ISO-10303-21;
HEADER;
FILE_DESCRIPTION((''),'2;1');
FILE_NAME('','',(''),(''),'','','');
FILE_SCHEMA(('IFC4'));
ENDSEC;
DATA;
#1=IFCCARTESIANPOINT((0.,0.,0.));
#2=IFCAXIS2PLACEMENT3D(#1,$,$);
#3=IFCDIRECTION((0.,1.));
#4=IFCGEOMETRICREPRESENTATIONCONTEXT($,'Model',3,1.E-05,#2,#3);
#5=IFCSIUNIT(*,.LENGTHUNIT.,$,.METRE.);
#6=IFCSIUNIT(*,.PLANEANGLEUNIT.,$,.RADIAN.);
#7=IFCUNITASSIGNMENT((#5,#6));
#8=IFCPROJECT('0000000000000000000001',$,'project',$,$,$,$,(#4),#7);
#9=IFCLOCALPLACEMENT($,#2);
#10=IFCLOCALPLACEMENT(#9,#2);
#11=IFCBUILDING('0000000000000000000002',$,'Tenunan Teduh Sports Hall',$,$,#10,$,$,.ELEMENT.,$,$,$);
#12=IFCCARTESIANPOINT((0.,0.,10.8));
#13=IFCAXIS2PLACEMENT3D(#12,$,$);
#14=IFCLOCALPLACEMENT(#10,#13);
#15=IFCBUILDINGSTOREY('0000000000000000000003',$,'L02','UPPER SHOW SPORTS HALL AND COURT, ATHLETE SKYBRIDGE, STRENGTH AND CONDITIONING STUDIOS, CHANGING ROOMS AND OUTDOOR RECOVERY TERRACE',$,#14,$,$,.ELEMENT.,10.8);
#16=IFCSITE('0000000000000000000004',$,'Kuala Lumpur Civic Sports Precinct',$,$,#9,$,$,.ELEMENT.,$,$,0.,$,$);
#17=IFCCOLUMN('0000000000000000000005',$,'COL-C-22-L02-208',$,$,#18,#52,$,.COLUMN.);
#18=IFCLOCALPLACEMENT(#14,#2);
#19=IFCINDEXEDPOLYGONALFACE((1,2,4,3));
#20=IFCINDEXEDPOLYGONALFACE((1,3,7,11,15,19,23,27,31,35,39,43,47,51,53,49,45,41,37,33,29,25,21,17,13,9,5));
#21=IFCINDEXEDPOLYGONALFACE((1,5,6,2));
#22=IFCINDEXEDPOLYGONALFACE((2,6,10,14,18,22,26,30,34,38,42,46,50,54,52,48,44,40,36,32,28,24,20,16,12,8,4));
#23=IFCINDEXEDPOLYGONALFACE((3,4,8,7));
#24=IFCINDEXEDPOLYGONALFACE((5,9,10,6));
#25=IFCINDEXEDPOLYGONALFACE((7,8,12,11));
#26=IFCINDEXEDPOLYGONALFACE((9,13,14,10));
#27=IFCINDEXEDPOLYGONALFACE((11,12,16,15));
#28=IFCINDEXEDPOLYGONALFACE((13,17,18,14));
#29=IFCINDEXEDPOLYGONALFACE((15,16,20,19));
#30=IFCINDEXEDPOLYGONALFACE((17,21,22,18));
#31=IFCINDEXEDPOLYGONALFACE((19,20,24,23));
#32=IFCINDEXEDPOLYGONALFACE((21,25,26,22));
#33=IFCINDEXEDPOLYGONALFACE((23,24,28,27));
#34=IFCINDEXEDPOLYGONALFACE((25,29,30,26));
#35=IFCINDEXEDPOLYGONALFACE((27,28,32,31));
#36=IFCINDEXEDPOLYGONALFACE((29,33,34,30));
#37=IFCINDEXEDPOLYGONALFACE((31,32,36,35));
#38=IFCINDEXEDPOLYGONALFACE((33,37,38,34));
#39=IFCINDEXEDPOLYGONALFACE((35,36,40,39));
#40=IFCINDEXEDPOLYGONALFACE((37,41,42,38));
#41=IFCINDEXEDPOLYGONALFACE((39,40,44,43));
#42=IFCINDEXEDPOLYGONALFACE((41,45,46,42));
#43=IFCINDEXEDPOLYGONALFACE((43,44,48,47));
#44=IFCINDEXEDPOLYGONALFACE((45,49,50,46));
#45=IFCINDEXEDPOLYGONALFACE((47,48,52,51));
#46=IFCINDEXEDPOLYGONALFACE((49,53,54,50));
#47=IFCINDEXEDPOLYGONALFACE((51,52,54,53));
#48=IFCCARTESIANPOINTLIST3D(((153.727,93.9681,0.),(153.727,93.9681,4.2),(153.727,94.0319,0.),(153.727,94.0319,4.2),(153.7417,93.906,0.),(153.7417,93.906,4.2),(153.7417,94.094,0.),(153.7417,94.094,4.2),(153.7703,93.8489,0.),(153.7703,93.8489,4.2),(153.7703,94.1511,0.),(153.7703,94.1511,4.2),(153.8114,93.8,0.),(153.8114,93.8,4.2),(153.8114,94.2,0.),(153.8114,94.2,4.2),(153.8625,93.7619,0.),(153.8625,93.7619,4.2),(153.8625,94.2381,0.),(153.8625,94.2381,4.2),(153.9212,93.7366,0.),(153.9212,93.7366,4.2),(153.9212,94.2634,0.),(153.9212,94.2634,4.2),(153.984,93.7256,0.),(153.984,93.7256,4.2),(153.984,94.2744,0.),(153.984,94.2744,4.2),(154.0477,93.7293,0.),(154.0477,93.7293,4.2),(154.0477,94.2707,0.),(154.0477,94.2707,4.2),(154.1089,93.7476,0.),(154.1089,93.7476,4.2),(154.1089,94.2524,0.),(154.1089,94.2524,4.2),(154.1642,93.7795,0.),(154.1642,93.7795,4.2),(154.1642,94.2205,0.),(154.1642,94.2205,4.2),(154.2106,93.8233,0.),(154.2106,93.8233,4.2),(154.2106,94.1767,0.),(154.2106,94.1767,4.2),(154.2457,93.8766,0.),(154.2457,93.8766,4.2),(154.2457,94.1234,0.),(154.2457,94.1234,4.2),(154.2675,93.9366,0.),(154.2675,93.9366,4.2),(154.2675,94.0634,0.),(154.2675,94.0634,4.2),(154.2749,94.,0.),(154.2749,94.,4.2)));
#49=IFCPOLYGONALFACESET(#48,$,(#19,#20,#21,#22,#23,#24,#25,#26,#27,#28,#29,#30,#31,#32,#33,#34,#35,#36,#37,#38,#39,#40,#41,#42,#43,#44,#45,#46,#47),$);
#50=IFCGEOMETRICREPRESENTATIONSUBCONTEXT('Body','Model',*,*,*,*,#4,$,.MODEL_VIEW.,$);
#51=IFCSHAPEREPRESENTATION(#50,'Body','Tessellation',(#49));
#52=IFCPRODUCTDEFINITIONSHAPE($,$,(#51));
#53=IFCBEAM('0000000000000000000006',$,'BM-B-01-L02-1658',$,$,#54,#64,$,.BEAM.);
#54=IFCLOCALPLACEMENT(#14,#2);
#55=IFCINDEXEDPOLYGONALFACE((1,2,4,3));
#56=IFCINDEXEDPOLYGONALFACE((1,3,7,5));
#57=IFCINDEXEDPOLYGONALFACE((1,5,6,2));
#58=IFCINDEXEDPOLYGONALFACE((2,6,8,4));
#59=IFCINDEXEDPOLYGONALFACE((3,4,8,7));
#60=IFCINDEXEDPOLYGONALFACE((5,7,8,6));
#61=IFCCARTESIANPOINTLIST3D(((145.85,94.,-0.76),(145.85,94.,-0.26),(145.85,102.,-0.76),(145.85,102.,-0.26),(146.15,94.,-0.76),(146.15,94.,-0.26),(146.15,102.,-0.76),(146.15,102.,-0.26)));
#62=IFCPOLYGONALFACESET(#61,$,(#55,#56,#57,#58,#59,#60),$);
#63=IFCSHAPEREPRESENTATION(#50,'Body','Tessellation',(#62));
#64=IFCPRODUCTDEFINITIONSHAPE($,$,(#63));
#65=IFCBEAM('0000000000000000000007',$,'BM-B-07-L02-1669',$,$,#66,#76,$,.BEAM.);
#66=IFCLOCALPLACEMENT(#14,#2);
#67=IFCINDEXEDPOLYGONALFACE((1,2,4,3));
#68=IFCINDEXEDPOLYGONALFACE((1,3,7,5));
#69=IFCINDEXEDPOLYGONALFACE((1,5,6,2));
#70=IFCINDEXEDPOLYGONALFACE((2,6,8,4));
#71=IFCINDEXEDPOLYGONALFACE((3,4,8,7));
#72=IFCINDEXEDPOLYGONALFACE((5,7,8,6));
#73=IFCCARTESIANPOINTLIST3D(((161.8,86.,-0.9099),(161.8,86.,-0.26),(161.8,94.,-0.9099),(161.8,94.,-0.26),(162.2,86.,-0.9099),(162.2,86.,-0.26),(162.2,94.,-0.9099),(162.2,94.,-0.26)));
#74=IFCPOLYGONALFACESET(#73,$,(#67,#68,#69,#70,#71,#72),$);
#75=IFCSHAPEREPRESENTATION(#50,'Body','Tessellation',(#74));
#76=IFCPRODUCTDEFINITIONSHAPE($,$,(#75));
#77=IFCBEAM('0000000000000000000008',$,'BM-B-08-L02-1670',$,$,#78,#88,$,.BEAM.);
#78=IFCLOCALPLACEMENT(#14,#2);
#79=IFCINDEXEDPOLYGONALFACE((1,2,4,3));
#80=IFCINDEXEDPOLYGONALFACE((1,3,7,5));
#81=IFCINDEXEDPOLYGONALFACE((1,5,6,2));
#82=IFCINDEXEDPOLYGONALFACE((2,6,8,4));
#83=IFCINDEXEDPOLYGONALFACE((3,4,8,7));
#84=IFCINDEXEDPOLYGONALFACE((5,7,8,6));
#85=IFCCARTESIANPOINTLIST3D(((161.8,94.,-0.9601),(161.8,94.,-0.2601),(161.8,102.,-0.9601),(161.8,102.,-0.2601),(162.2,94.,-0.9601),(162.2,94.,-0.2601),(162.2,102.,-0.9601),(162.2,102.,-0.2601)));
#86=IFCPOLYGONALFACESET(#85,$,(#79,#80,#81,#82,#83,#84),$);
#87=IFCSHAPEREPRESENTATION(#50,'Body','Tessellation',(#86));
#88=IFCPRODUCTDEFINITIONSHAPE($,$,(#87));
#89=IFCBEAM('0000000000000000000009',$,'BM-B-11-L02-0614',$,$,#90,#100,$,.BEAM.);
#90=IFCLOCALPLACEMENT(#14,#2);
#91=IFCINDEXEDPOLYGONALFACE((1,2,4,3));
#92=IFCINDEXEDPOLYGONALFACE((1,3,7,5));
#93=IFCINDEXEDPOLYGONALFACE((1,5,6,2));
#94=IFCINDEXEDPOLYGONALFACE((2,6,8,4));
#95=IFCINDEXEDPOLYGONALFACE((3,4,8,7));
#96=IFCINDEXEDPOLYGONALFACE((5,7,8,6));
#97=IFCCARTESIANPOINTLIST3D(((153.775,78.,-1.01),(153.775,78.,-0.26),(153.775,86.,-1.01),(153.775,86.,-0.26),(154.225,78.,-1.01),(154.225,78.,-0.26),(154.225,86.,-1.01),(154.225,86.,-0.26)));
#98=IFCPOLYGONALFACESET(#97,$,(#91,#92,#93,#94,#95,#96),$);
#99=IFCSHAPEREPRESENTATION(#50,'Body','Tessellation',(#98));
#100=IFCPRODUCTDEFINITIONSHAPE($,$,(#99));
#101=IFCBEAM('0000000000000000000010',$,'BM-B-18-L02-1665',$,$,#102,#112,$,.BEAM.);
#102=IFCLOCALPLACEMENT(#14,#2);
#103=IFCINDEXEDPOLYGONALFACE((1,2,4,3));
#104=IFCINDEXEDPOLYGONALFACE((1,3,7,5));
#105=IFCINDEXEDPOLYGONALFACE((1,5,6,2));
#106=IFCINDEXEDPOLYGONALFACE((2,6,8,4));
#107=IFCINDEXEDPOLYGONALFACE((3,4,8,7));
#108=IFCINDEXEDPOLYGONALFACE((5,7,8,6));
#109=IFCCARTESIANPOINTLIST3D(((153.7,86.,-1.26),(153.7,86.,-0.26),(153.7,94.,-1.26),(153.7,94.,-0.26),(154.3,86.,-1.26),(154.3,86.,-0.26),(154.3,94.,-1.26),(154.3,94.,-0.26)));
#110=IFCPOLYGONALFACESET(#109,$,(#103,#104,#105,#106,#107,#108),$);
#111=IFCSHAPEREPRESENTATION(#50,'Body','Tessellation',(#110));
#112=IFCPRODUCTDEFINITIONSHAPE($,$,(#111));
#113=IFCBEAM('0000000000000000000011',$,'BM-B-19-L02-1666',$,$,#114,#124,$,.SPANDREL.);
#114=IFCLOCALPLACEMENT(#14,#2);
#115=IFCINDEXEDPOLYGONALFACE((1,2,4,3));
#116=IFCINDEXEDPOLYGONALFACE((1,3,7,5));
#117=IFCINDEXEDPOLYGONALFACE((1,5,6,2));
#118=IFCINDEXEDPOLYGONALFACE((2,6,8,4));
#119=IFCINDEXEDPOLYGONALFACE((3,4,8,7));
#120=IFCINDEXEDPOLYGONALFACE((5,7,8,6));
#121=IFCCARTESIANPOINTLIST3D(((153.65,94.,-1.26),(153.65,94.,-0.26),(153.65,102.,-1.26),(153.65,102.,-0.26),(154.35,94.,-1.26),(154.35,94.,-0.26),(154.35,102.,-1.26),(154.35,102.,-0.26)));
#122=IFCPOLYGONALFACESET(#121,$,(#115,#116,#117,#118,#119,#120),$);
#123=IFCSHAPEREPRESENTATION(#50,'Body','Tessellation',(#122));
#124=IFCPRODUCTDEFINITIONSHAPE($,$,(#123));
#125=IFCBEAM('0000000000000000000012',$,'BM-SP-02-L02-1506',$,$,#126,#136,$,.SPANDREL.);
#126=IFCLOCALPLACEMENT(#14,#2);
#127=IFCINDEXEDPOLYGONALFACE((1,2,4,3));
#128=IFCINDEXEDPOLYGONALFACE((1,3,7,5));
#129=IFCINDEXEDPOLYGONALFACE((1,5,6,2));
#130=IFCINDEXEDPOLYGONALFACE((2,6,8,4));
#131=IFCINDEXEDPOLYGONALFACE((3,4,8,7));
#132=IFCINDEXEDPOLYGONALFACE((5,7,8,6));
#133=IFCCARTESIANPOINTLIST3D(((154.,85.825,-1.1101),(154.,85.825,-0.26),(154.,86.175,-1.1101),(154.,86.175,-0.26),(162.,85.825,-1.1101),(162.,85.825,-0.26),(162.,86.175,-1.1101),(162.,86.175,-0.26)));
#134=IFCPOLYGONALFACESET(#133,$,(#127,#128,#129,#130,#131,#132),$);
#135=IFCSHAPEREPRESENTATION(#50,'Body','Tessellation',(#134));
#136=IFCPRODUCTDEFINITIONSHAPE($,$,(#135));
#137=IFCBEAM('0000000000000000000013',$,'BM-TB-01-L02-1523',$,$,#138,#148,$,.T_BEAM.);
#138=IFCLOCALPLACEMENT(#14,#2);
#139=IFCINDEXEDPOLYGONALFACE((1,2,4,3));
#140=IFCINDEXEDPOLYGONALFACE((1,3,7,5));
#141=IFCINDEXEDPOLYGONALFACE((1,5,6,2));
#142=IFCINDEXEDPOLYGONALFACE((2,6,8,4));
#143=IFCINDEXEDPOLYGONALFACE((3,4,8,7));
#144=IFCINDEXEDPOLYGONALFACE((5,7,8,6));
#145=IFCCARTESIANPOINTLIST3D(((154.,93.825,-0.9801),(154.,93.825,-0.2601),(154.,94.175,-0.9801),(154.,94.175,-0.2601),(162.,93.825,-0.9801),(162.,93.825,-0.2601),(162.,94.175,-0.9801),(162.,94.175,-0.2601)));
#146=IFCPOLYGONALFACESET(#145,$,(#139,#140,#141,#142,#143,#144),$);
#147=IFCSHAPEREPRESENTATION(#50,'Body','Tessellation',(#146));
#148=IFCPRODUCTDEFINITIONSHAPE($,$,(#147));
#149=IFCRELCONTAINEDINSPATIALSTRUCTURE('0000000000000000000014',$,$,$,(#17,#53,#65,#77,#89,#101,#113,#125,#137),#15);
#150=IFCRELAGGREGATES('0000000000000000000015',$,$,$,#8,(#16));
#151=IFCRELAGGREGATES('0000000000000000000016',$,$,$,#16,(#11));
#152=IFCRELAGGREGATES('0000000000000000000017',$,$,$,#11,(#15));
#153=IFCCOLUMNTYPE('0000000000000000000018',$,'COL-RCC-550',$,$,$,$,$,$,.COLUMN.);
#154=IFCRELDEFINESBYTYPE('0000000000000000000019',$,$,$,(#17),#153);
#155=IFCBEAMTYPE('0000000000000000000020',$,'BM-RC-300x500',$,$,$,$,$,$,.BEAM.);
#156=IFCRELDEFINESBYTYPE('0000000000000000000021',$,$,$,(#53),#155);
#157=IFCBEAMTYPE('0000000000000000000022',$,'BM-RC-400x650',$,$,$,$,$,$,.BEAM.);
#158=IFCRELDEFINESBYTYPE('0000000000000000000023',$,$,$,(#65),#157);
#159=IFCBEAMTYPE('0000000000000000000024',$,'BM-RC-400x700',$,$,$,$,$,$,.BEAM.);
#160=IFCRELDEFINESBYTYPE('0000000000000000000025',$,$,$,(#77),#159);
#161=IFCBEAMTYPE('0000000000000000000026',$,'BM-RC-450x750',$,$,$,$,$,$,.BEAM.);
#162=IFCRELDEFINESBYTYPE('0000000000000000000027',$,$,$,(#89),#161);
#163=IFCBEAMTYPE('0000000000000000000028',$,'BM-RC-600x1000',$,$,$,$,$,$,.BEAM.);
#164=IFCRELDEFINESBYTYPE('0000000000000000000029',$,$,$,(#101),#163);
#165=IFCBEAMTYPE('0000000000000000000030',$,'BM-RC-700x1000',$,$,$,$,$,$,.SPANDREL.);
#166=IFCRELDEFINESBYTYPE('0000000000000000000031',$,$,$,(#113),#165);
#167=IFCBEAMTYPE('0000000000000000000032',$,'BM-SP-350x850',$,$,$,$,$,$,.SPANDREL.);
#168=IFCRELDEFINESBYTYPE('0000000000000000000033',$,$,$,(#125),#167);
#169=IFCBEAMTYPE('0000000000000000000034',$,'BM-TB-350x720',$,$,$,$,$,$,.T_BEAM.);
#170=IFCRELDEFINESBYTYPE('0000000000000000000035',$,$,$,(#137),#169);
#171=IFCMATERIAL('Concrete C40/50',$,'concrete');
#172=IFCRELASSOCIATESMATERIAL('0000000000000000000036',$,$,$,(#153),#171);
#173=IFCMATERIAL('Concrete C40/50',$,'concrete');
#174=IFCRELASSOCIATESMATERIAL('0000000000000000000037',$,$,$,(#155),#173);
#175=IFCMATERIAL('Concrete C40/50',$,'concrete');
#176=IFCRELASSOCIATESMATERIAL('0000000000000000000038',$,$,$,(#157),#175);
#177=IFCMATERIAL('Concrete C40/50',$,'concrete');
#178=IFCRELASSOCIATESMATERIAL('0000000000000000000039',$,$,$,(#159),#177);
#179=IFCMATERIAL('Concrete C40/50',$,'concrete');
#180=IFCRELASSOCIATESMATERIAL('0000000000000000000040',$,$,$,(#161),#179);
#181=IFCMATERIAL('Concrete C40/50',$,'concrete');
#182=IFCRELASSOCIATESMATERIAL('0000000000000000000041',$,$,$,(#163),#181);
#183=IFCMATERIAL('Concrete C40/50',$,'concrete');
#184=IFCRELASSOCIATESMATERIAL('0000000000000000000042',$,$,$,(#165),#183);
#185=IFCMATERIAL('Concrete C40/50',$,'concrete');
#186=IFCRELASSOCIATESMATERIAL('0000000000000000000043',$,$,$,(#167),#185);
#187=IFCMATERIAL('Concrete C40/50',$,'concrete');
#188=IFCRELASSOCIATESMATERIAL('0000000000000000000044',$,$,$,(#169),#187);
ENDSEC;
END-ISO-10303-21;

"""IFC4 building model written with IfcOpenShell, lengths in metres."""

from ifc_helpers import new_model, si_unit, direction, frame, origin, origin_2d, place, context, subcontext, project, spatial, rectangle, circle, extrude, material, material_profile, profile_set, type_object, element, save


model = new_model("IFC4")

# Units and contexts
model_context = context("Model", 3, precision=1e-05, world=origin(), true_north=direction((0.0, 1.0)))
body_context = subcontext(model_context, "Body", "Model", "MODEL_VIEW")
ifc_project = project(units=[si_unit("LENGTHUNIT", "METRE"), si_unit("PLANEANGLEUNIT", "RADIAN")], contexts=[model_context])

# Site, building, storey
site_placement = place(None, origin())
site = spatial("IfcSite", under=ifc_project, at=site_placement, Name="Kuala Lumpur Civic Sports Precinct", CompositionType="ELEMENT", RefElevation=0.0)
building_placement = place(site_placement, origin())
building = spatial("IfcBuilding", under=site, at=building_placement, Name="Tenunan Teduh Sports Hall", CompositionType="ELEMENT")
storey_placement = place(building_placement, frame((0.0, 0.0, 10.8)))
storey = spatial("IfcBuildingStorey", under=building, at=storey_placement, Name="L02", Description="UPPER SHOW SPORTS HALL AND COURT, ATHLETE SKYBRIDGE, STRENGTH AND CONDITIONING STUDIOS, CHANGING ROOMS AND OUTDOOR RECOVERY TERRACE", CompositionType="ELEMENT", Elevation=10.8)

# Column
ifc_material_1 = material(Name="Concrete C40/50", Category="concrete")
ifc_material_profile_1 = material_profile(ifc_material_1, circle(Radius=0.2749, at=origin_2d()), Name="RCC D550")
ifc_profile_set_1 = profile_set([ifc_material_profile_1], Name="Concrete C40/50")
column_type = type_object("IfcColumnType", Name="COL-RCC-550", PredefinedType="COLUMN", material=ifc_profile_set_1)
column_placement = place(storey_placement, frame((154.0, 94.0, 0.0), z_axis=(0.0, 0.0, 1.0), x_axis=(1.0, 0.0, 0.0)))
element("IfcColumn", 1, at=column_placement, inside=storey, type_object=column_type, Name="COL-C-22-L02-208", PredefinedType="COLUMN", context=body_context, shape_type="SweptSolid", body=[
    extrude(circle(Radius=0.2749, at=origin_2d()), origin(), (0.0, 0.0, 1.0), 4.2),
])

# Beams
ifc_material_2 = material(Name="Concrete C40/50", Category="concrete")
ifc_material_profile_2 = material_profile(ifc_material_2, rectangle(XDim=0.3, YDim=0.5, at=origin_2d()), Name="RCB 300x500")
ifc_profile_set_2 = profile_set([ifc_material_profile_2], Name="Concrete C40/50")
beam_type_1 = type_object("IfcBeamType", Name="BM-RC-300x500", PredefinedType="BEAM", material=ifc_profile_set_2)
beam_1_placement = place(storey_placement, frame((146.0, 94.0, -0.51), z_axis=(0.0, 1.0, 0.0), x_axis=(-1.0, 0.0, 0.0)))
element("IfcBeam", 2, at=beam_1_placement, inside=storey, type_object=beam_type_1, Name="BM-B-01-L02-1658", PredefinedType="BEAM", context=body_context, shape_type="SweptSolid", body=[
    extrude(rectangle(XDim=0.3, YDim=0.5, at=origin_2d()), origin(), (0.0, 0.0, 1.0), 8.0),
])
ifc_material_3 = material(Name="Concrete C40/50", Category="concrete")
ifc_material_profile_3 = material_profile(ifc_material_3, rectangle(XDim=0.3999, YDim=0.6499, at=origin_2d()), Name="RCB 400x650")
ifc_profile_set_3 = profile_set([ifc_material_profile_3], Name="Concrete C40/50")
beam_type_2 = type_object("IfcBeamType", Name="BM-RC-400x650", PredefinedType="BEAM", material=ifc_profile_set_3)
beam_2_placement = place(storey_placement, frame((162.0, 86.0, -0.585), z_axis=(0.0, 1.0, 0.0), x_axis=(-1.0, 0.0, 0.0)))
element("IfcBeam", 3, at=beam_2_placement, inside=storey, type_object=beam_type_2, Name="BM-B-07-L02-1669", PredefinedType="BEAM", context=body_context, shape_type="SweptSolid", body=[
    extrude(rectangle(XDim=0.3999, YDim=0.6499, at=origin_2d()), origin(), (0.0, 0.0, 1.0), 8.0),
])
ifc_material_4 = material(Name="Concrete C40/50", Category="concrete")
ifc_material_profile_4 = material_profile(ifc_material_4, rectangle(XDim=0.3999, YDim=0.7, at=origin_2d()), Name="RCB 400x700")
ifc_profile_set_4 = profile_set([ifc_material_profile_4], Name="Concrete C40/50")
beam_type_3 = type_object("IfcBeamType", Name="BM-RC-400x700", PredefinedType="BEAM", material=ifc_profile_set_4)
beam_3_placement = place(storey_placement, frame((162.0, 94.0, -0.6101), z_axis=(0.0, 1.0, 0.0), x_axis=(-1.0, 0.0, 0.0)))
element("IfcBeam", 4, at=beam_3_placement, inside=storey, type_object=beam_type_3, Name="BM-B-08-L02-1670", PredefinedType="BEAM", context=body_context, shape_type="SweptSolid", body=[
    extrude(rectangle(XDim=0.3999, YDim=0.7, at=origin_2d()), origin(), (0.0, 0.0, 1.0), 8.0),
])
ifc_material_5 = material(Name="Concrete C40/50", Category="concrete")
ifc_material_profile_5 = material_profile(ifc_material_5, rectangle(XDim=0.45, YDim=0.75, at=origin_2d()), Name="RCB 450x750")
ifc_profile_set_5 = profile_set([ifc_material_profile_5], Name="Concrete C40/50")
beam_type_4 = type_object("IfcBeamType", Name="BM-RC-450x750", PredefinedType="BEAM", material=ifc_profile_set_5)
beam_4_placement = place(storey_placement, frame((154.0, 78.0, -0.635), z_axis=(0.0, 1.0, 0.0), x_axis=(-1.0, 0.0, 0.0)))
element("IfcBeam", 5, at=beam_4_placement, inside=storey, type_object=beam_type_4, Name="BM-B-11-L02-0614", PredefinedType="BEAM", context=body_context, shape_type="SweptSolid", body=[
    extrude(rectangle(XDim=0.45, YDim=0.75, at=origin_2d()), origin(), (0.0, 0.0, 1.0), 8.0),
])
ifc_material_6 = material(Name="Concrete C40/50", Category="concrete")
ifc_material_profile_6 = material_profile(ifc_material_6, rectangle(XDim=0.6001, YDim=1.0, at=origin_2d()), Name="RCB 600x1000")
ifc_profile_set_6 = profile_set([ifc_material_profile_6], Name="Concrete C40/50")
beam_type_5 = type_object("IfcBeamType", Name="BM-RC-600x1000", PredefinedType="BEAM", material=ifc_profile_set_6)
beam_5_placement = place(storey_placement, frame((154.0, 86.0, -0.76), z_axis=(0.0, 1.0, 0.0), x_axis=(-1.0, 0.0, 0.0)))
element("IfcBeam", 6, at=beam_5_placement, inside=storey, type_object=beam_type_5, Name="BM-B-18-L02-1665", PredefinedType="BEAM", context=body_context, shape_type="SweptSolid", body=[
    extrude(rectangle(XDim=0.6001, YDim=1.0, at=origin_2d()), origin(), (0.0, 0.0, 1.0), 8.0),
])
ifc_material_7 = material(Name="Concrete C40/50", Category="concrete")
ifc_material_profile_7 = material_profile(ifc_material_7, rectangle(XDim=0.7, YDim=1.0, at=origin_2d()), Name="RCB 700x1000")
ifc_profile_set_7 = profile_set([ifc_material_profile_7], Name="Concrete C40/50")
beam_type_6 = type_object("IfcBeamType", Name="BM-RC-700x1000", PredefinedType="SPANDREL", material=ifc_profile_set_7)
beam_6_placement = place(storey_placement, frame((154.0, 94.0, -0.76), z_axis=(0.0, 1.0, 0.0), x_axis=(-1.0, 0.0, 0.0)))
element("IfcBeam", 7, at=beam_6_placement, inside=storey, type_object=beam_type_6, Name="BM-B-19-L02-1666", PredefinedType="SPANDREL", context=body_context, shape_type="SweptSolid", body=[
    extrude(rectangle(XDim=0.7, YDim=1.0, at=origin_2d()), origin(), (0.0, 0.0, 1.0), 8.0),
])
ifc_material_8 = material(Name="Concrete C40/50", Category="concrete")
ifc_material_profile_8 = material_profile(ifc_material_8, rectangle(XDim=0.3501, YDim=0.8501, at=origin_2d()), Name="SPB 350x850")
ifc_profile_set_8 = profile_set([ifc_material_profile_8], Name="Concrete C40/50")
beam_type_7 = type_object("IfcBeamType", Name="BM-SP-350x850", PredefinedType="SPANDREL", material=ifc_profile_set_8)
beam_7_placement = place(storey_placement, frame((154.0, 86.0, -0.6851), z_axis=(1.0, 0.0, 0.0), x_axis=(0.0, 1.0, 0.0)))
element("IfcBeam", 8, at=beam_7_placement, inside=storey, type_object=beam_type_7, Name="BM-SP-02-L02-1506", PredefinedType="SPANDREL", context=body_context, shape_type="SweptSolid", body=[
    extrude(rectangle(XDim=0.3501, YDim=0.8501, at=origin_2d()), origin(), (0.0, 0.0, 1.0), 8.0),
])
ifc_material_9 = material(Name="Concrete C40/50", Category="concrete")
ifc_material_profile_9 = material_profile(ifc_material_9, rectangle(XDim=0.3501, YDim=0.72, at=origin_2d()), Name="TB 350x720")
ifc_profile_set_9 = profile_set([ifc_material_profile_9], Name="Concrete C40/50")
beam_type_8 = type_object("IfcBeamType", Name="BM-TB-350x720", PredefinedType="T_BEAM", material=ifc_profile_set_9)
beam_8_placement = place(storey_placement, frame((154.0, 94.0, -0.6201), z_axis=(1.0, 0.0, 0.0), x_axis=(0.0, 1.0, 0.0)))
element("IfcBeam", 9, at=beam_8_placement, inside=storey, type_object=beam_type_8, Name="BM-TB-01-L02-1523", PredefinedType="T_BEAM", context=body_context, shape_type="SweptSolid", body=[
    extrude(rectangle(XDim=0.3501, YDim=0.72, at=origin_2d()), origin(), (0.0, 0.0, 1.0), 8.0),
])

save(model, "model.ifc")
